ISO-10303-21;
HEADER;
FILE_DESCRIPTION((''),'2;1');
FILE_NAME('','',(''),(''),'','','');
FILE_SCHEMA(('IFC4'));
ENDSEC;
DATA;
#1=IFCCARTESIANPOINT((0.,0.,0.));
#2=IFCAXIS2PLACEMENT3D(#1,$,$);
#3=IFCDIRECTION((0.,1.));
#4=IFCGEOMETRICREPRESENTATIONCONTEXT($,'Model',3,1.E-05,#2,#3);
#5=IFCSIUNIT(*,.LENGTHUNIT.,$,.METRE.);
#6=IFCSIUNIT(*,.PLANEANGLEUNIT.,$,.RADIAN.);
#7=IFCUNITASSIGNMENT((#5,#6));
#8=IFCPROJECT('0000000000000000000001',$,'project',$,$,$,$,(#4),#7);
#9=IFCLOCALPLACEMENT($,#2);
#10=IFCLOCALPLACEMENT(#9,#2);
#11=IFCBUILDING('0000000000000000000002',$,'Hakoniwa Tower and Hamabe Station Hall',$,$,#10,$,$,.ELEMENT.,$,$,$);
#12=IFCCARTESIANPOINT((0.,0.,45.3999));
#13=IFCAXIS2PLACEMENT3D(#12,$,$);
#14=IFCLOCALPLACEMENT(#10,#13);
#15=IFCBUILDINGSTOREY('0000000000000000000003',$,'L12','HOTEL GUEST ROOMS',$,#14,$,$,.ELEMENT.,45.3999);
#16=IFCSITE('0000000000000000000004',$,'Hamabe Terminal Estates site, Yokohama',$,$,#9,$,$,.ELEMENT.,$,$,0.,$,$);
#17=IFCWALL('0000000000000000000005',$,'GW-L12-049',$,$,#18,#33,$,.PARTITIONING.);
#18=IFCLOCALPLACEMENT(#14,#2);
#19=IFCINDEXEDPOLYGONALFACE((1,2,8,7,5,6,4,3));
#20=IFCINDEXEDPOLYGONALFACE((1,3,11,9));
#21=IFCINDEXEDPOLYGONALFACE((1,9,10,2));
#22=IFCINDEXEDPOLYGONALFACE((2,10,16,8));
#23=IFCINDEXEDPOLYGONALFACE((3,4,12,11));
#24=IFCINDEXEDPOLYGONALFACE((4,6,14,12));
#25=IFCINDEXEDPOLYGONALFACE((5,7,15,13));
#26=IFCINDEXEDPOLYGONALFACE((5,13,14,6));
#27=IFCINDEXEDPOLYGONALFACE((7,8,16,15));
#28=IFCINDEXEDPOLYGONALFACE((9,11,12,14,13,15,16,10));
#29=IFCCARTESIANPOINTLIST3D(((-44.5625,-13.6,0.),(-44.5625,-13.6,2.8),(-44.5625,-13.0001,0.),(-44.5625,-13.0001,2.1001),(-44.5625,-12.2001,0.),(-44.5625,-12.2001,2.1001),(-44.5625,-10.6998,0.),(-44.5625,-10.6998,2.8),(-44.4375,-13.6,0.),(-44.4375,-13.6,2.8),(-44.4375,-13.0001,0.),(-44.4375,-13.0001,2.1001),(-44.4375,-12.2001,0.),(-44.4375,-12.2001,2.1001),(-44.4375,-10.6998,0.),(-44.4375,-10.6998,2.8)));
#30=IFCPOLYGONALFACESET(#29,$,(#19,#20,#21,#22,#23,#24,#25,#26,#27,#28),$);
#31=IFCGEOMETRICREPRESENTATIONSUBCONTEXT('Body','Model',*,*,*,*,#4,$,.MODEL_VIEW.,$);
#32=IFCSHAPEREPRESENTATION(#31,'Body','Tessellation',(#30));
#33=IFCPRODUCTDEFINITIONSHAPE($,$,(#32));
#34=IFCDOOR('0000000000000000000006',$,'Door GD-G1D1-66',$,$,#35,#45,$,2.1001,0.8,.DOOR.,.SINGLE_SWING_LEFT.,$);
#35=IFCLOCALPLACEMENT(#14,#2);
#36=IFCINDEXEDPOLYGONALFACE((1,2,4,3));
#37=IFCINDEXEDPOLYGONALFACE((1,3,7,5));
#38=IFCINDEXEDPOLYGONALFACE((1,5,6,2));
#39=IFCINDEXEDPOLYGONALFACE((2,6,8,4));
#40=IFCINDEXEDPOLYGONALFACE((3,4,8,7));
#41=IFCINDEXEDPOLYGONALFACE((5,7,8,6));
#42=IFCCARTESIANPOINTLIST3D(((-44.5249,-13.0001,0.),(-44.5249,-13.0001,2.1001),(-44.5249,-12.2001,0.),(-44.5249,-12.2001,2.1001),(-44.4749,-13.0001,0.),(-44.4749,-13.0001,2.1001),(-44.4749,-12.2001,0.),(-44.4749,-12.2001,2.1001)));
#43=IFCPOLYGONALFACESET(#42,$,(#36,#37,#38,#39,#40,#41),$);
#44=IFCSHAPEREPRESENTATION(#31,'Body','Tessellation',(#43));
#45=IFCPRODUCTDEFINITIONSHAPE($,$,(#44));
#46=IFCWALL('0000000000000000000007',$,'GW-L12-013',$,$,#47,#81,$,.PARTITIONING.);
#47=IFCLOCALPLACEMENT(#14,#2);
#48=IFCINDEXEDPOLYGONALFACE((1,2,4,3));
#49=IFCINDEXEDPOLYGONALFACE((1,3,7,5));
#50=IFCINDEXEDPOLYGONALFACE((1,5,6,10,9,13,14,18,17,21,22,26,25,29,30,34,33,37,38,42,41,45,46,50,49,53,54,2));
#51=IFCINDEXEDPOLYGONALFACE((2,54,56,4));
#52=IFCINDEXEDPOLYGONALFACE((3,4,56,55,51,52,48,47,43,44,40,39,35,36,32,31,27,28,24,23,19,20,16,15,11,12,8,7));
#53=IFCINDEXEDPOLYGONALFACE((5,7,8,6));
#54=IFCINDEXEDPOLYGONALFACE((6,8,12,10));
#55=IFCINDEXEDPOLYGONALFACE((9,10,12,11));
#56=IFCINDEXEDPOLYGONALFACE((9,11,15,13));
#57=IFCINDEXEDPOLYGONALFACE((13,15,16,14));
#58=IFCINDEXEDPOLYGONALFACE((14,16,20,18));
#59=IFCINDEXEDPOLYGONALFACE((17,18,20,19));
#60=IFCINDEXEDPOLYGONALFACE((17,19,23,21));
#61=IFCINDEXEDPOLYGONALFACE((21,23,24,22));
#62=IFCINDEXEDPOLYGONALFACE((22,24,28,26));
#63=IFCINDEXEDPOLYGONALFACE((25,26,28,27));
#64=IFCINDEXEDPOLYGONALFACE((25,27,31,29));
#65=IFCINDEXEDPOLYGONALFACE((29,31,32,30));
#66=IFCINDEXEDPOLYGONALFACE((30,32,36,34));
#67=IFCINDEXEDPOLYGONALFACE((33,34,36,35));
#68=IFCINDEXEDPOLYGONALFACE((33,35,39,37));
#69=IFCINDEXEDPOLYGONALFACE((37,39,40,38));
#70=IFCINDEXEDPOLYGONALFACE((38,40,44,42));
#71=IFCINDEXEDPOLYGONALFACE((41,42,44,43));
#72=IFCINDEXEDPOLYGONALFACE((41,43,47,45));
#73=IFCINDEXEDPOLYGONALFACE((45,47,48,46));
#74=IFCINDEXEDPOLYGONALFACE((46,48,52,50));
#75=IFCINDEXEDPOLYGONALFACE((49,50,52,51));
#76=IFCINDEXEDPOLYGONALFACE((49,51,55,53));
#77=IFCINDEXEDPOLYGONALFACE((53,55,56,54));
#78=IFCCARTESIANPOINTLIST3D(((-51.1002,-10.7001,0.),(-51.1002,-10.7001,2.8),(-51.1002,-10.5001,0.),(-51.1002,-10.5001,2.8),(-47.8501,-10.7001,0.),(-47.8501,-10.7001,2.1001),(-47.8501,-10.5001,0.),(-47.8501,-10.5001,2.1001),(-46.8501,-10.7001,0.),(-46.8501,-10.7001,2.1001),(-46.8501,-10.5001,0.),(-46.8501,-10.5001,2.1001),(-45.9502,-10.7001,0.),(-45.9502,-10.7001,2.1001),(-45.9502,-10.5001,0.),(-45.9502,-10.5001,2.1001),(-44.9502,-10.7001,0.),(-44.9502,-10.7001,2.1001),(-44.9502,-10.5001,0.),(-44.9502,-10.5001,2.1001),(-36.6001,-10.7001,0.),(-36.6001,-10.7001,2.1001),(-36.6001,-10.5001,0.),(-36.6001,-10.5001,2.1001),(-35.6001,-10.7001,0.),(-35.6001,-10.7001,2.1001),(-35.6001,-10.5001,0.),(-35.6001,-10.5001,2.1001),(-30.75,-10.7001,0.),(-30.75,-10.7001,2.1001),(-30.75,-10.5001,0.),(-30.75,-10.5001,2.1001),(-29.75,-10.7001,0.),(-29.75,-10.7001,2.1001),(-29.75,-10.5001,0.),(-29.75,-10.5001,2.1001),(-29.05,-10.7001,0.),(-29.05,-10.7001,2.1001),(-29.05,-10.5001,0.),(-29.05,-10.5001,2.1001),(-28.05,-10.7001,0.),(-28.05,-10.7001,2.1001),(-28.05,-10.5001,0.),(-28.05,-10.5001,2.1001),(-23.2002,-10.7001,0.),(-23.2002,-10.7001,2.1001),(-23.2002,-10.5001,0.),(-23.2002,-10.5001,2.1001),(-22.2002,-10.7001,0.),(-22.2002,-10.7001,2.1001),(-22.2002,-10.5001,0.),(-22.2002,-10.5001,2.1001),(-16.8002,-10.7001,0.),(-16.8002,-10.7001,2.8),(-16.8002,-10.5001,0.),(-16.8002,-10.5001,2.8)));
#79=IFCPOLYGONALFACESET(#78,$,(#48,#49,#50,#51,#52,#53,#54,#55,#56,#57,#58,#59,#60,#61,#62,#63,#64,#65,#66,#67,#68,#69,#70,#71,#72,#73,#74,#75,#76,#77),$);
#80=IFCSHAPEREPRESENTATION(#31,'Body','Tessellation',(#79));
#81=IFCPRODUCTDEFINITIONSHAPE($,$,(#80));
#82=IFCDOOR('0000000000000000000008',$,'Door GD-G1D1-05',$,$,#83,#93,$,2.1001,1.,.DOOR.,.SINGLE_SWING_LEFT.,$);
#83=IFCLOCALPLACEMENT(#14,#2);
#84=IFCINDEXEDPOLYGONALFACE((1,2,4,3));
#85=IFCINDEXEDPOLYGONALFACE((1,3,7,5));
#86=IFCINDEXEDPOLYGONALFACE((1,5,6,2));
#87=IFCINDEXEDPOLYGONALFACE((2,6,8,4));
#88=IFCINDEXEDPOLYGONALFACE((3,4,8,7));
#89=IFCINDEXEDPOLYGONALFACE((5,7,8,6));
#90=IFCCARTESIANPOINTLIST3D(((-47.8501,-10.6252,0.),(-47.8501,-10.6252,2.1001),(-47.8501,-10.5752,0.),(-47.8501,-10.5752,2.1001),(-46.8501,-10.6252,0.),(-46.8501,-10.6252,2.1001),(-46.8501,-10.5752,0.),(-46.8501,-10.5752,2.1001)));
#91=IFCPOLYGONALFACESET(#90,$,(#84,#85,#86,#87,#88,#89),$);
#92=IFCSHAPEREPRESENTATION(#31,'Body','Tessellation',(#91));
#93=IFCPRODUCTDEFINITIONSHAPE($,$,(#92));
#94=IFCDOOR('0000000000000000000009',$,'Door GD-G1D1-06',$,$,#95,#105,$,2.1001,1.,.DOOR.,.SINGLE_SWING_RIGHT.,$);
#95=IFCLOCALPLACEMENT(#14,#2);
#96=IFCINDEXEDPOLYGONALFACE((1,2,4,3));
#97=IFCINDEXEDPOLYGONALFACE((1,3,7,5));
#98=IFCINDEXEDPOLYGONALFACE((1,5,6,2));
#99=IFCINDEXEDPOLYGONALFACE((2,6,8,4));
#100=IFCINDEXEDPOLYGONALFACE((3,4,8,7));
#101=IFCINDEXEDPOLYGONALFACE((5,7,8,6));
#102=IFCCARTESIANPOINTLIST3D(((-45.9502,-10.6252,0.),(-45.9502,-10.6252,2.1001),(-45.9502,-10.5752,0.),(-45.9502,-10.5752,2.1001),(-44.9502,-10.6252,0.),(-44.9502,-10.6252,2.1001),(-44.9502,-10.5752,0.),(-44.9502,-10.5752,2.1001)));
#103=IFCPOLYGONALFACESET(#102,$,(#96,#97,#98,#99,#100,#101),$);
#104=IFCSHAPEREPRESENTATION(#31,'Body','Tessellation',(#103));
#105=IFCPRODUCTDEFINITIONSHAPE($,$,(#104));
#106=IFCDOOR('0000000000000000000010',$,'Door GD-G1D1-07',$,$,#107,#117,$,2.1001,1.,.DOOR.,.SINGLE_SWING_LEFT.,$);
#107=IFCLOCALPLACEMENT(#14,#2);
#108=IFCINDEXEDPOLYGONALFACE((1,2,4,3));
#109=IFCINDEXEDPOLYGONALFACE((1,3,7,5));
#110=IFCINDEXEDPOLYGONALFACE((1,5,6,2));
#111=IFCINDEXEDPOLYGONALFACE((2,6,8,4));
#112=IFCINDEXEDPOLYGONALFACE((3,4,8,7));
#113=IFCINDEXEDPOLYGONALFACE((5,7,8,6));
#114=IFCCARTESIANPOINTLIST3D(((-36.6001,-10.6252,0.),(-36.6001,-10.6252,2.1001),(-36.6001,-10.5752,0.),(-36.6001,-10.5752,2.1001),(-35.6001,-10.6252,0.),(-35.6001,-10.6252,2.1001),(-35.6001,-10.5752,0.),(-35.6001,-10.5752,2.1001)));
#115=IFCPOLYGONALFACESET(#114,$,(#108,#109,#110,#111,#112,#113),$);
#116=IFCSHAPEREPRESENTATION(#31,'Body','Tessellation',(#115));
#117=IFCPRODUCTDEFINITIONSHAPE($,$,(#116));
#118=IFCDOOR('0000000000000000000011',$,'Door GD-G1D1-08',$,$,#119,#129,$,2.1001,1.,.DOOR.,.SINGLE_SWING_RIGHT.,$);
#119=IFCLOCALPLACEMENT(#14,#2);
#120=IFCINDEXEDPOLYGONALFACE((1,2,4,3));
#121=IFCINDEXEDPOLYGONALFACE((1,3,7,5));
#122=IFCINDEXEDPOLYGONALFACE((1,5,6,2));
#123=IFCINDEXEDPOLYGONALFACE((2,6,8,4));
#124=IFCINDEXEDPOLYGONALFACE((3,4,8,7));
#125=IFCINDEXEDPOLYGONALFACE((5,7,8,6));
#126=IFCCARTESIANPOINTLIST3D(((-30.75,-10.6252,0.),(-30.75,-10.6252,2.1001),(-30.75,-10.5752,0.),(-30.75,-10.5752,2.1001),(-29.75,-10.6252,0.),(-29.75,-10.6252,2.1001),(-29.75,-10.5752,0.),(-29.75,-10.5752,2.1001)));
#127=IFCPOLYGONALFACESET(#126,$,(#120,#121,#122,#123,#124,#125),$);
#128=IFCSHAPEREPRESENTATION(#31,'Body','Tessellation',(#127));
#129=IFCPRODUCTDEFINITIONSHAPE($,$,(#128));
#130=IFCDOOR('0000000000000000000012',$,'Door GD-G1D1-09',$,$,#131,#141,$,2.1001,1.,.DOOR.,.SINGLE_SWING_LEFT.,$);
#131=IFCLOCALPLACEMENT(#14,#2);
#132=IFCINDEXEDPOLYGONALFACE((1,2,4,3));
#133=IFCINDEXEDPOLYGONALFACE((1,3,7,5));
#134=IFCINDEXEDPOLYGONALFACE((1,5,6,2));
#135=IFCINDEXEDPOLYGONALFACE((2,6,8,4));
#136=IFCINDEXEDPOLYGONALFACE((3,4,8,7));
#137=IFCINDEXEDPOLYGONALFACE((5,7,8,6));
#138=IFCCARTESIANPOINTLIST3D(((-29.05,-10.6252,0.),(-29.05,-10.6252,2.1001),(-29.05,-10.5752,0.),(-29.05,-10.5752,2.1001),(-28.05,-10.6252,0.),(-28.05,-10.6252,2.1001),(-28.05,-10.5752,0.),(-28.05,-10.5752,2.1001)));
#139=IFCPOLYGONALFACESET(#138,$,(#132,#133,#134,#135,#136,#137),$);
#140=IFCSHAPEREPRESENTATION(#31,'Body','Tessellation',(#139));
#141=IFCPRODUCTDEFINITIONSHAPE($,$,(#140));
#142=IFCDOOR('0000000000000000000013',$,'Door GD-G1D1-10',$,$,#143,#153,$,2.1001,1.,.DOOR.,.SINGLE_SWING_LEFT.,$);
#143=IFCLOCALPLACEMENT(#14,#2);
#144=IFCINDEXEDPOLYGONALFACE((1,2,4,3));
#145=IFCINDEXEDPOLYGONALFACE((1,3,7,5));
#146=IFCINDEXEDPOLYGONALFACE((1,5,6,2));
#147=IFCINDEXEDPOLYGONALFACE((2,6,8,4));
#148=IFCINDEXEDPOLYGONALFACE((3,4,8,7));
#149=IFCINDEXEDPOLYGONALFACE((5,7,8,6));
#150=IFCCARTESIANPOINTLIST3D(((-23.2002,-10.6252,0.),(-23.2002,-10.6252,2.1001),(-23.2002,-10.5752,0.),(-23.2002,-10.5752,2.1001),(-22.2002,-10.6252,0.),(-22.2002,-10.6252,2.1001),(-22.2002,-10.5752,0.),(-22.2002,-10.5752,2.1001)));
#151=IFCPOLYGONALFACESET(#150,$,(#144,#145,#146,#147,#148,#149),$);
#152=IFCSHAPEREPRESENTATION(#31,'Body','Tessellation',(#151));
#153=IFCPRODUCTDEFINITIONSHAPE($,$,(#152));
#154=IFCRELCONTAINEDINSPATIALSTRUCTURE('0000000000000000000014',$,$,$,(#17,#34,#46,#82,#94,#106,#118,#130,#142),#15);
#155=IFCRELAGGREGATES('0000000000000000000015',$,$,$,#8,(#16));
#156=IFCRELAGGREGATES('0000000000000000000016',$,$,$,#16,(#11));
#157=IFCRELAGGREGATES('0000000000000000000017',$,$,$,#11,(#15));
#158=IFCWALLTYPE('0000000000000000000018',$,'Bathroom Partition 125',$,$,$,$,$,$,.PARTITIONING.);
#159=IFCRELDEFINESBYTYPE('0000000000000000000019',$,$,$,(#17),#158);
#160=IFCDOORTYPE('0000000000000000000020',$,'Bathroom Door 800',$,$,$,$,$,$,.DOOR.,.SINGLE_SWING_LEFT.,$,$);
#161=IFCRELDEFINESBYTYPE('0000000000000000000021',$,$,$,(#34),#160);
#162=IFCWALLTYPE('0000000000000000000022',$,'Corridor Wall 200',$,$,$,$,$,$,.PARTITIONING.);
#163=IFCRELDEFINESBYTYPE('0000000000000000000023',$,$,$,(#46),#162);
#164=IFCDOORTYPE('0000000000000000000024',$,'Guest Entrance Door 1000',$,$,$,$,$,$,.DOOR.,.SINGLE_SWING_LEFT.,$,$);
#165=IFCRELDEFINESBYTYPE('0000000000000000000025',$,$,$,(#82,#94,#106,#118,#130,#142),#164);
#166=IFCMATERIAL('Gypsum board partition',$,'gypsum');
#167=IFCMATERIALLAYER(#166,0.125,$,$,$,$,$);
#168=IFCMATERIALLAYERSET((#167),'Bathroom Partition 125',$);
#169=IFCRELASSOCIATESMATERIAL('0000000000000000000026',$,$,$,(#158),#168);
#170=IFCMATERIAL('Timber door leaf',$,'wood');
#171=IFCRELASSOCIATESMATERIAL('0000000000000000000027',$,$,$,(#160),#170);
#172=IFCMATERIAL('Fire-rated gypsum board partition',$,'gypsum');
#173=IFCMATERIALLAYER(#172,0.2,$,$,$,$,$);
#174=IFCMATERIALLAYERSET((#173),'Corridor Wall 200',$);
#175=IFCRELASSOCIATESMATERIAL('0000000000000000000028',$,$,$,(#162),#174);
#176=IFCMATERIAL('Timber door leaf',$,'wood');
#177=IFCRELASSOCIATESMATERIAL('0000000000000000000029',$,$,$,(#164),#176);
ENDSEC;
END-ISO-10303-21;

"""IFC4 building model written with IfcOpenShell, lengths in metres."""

from ifc_helpers import new_model, si_unit, direction, frame, frame_2d, origin, place, context, subcontext, project, spatial, rectangle, extrude, material, layer, layer_set, type_object, element, fill, save


model = new_model("IFC4")

# Units and contexts
model_context = context("Model", 3, precision=1e-05, world=origin(), true_north=direction((0.0, 1.0)))
body_context = subcontext(model_context, "Body", "Model", "MODEL_VIEW")
ifc_project = project(units=[si_unit("LENGTHUNIT", "METRE"), si_unit("PLANEANGLEUNIT", "RADIAN")], contexts=[model_context])

# Site, building, storey
site_placement = place(None, origin())
site = spatial("IfcSite", under=ifc_project, at=site_placement, Name="Hamabe Terminal Estates site, Yokohama", CompositionType="ELEMENT", RefElevation=0.0)
building_placement = place(site_placement, origin())
building = spatial("IfcBuilding", under=site, at=building_placement, Name="Hakoniwa Tower and Hamabe Station Hall", CompositionType="ELEMENT")
storey_placement = place(building_placement, frame((0.0, 0.0, 45.3999)))
storey = spatial("IfcBuildingStorey", under=building, at=storey_placement, Name="L12", Description="HOTEL GUEST ROOMS", CompositionType="ELEMENT", Elevation=45.3999)

# Shared definitions
ifc_material_1 = material(Name="Gypsum board partition", Category="gypsum")
ifc_layer_1 = layer(ifc_material_1, 0.125)
ifc_layer_set_1 = layer_set([ifc_layer_1], Name="Bathroom Partition 125")
wall_type_1 = type_object("IfcWallType", Name="Bathroom Partition 125", PredefinedType="PARTITIONING", material=ifc_layer_set_1)

# Wall, opening, door
ifc_material_2 = material(Name="Timber door leaf", Category="wood")
door_type_1 = type_object("IfcDoorType", Name="Bathroom Door 800", OperationType="SINGLE_SWING_LEFT", PredefinedType="DOOR", material=ifc_material_2)
wall_1_placement = place(storey_placement, frame((-44.5, -13.6001, 0.0), z_axis=(0.0, 0.0, 1.0), x_axis=(0.0, 1.0, 0.0)))
wall_1 = element("IfcWall", 1, at=wall_1_placement, inside=storey, type_object=wall_type_1, Name="GW-L12-049", PredefinedType="PARTITIONING", context=body_context, shape_type="SweptSolid", body=[
    extrude(rectangle(XDim=2.9001, YDim=0.125, at=frame_2d((1.4502, 0.0))), origin(), (0.0, 0.0, 1.0), 2.8),
])
opening_1_placement = place(wall_1_placement, frame((0.6001, 0.0, 0.0)))
opening_1 = element("IfcOpeningElement", 2, at=opening_1_placement, cuts=wall_1, PredefinedType="OPENING", context=body_context, shape_type="SweptSolid", body=[
    extrude(rectangle(XDim=0.8, YDim=2.1001, at=frame_2d((0.3999, 1.05))), frame((0.0, 0.0725, 0.0), z_axis=(0.0, -1.0, 0.0), x_axis=(1.0, 0.0, 0.0)), (0.0, 0.0, 1.0), 0.145),
])
door_1_placement = place(opening_1_placement, origin())
door_1 = element("IfcDoor", 3, at=door_1_placement, inside=storey, type_object=door_type_1, Name="Door GD-G1D1-66", OperationType="SINGLE_SWING_LEFT", OverallHeight=2.1001, OverallWidth=0.8, PredefinedType="DOOR", context=body_context, shape_type="SweptSolid", body=[
    extrude(rectangle(XDim=0.8, YDim=2.1001, at=frame_2d((0.3999, 1.05))), frame((0.0, 0.0249, 0.0), z_axis=(0.0, -1.0, 0.0), x_axis=(1.0, 0.0, 0.0)), (0.0, 0.0, 1.0), 0.05),
])
fill(opening_1, door_1)

# Wall, openings, doors
ifc_material_3 = material(Name="Fire-rated gypsum board partition", Category="gypsum")
ifc_layer_2 = layer(ifc_material_3, 0.2)
ifc_layer_set_2 = layer_set([ifc_layer_2], Name="Corridor Wall 200")
wall_type_2 = type_object("IfcWallType", Name="Corridor Wall 200", PredefinedType="PARTITIONING", material=ifc_layer_set_2)
wall_2_placement = place(storey_placement, frame((-51.1001, -10.6001, 0.0), z_axis=(0.0, 0.0, 1.0), x_axis=(1.0, 0.0, 0.0)))
wall_2 = element("IfcWall", 4, at=wall_2_placement, inside=storey, type_object=wall_type_2, Name="GW-L12-013", PredefinedType="PARTITIONING", context=body_context, shape_type="SweptSolid", body=[
    extrude(rectangle(XDim=34.3, YDim=0.2, at=frame_2d((17.1499, 0.0))), origin(), (0.0, 0.0, 1.0), 2.8),
])
opening_2_placement = place(wall_2_placement, frame((3.25, 0.0, 0.0)))
opening_2 = element("IfcOpeningElement", 5, at=opening_2_placement, cuts=wall_2, PredefinedType="OPENING", context=body_context, shape_type="SweptSolid", body=[
    extrude(rectangle(XDim=1.0, YDim=2.1001, at=frame_2d((0.5, 1.05))), frame((0.0, 0.1099, 0.0), z_axis=(0.0, -1.0, 0.0), x_axis=(1.0, 0.0, 0.0)), (0.0, 0.0, 1.0), 0.22),
])
opening_3_placement = place(wall_2_placement, frame((5.1499, 0.0, 0.0)))
opening_3 = element("IfcOpeningElement", 6, at=opening_3_placement, cuts=wall_2, PredefinedType="OPENING", context=body_context, shape_type="SweptSolid", body=[
    extrude(rectangle(XDim=1.0, YDim=2.1001, at=frame_2d((0.5, 1.05))), frame((0.0, 0.1099, 0.0), z_axis=(0.0, -1.0, 0.0), x_axis=(1.0, 0.0, 0.0)), (0.0, 0.0, 1.0), 0.22),
])
opening_4_placement = place(wall_2_placement, frame((14.5, 0.0, 0.0)))
opening_4 = element("IfcOpeningElement", 7, at=opening_4_placement, cuts=wall_2, PredefinedType="OPENING", context=body_context, shape_type="SweptSolid", body=[
    extrude(rectangle(XDim=1.0, YDim=2.1001, at=frame_2d((0.5, 1.05))), frame((0.0, 0.1099, 0.0), z_axis=(0.0, -1.0, 0.0), x_axis=(1.0, 0.0, 0.0)), (0.0, 0.0, 1.0), 0.22),
])
opening_5_placement = place(wall_2_placement, frame((20.3501, 0.0, 0.0)))
opening_5 = element("IfcOpeningElement", 8, at=opening_5_placement, cuts=wall_2, PredefinedType="OPENING", context=body_context, shape_type="SweptSolid", body=[
    extrude(rectangle(XDim=1.0, YDim=2.1001, at=frame_2d((0.5, 1.05))), frame((0.0, 0.1099, 0.0), z_axis=(0.0, -1.0, 0.0), x_axis=(1.0, 0.0, 0.0)), (0.0, 0.0, 1.0), 0.22),
])
opening_6_placement = place(wall_2_placement, frame((22.05, 0.0, 0.0)))
opening_6 = element("IfcOpeningElement", 9, at=opening_6_placement, cuts=wall_2, PredefinedType="OPENING", context=body_context, shape_type="SweptSolid", body=[
    extrude(rectangle(XDim=1.0, YDim=2.1001, at=frame_2d((0.5, 1.05))), frame((0.0, 0.1099, 0.0), z_axis=(0.0, -1.0, 0.0), x_axis=(1.0, 0.0, 0.0)), (0.0, 0.0, 1.0), 0.22),
])
opening_7_placement = place(wall_2_placement, frame((27.8999, 0.0, 0.0)))
opening_7 = element("IfcOpeningElement", 10, at=opening_7_placement, cuts=wall_2, PredefinedType="OPENING", context=body_context, shape_type="SweptSolid", body=[
    extrude(rectangle(XDim=1.0, YDim=2.1001, at=frame_2d((0.5, 1.05))), frame((0.0, 0.1099, 0.0), z_axis=(0.0, -1.0, 0.0), x_axis=(1.0, 0.0, 0.0)), (0.0, 0.0, 1.0), 0.22),
])
ifc_material_4 = material(Name="Timber door leaf", Category="wood")
door_type_2 = type_object("IfcDoorType", Name="Guest Entrance Door 1000", OperationType="SINGLE_SWING_LEFT", PredefinedType="DOOR", material=ifc_material_4)
door_2_placement = place(opening_2_placement, origin())
door_2 = element("IfcDoor", 11, at=door_2_placement, inside=storey, type_object=door_type_2, Name="Door GD-G1D1-05", OperationType="SINGLE_SWING_LEFT", OverallHeight=2.1001, OverallWidth=1.0, PredefinedType="DOOR", context=body_context, shape_type="SweptSolid", body=[
    extrude(rectangle(XDim=1.0, YDim=2.1001, at=frame_2d((0.5, 1.05))), frame((0.0, 0.0249, 0.0), z_axis=(0.0, -1.0, 0.0), x_axis=(1.0, 0.0, 0.0)), (0.0, 0.0, 1.0), 0.05),
])
fill(opening_2, door_2)
door_3_placement = place(opening_3_placement, origin())
door_3 = element("IfcDoor", 12, at=door_3_placement, inside=storey, type_object=door_type_2, Name="Door GD-G1D1-06", OperationType="SINGLE_SWING_RIGHT", OverallHeight=2.1001, OverallWidth=1.0, PredefinedType="DOOR", context=body_context, shape_type="SweptSolid", body=[
    extrude(rectangle(XDim=1.0, YDim=2.1001, at=frame_2d((0.5, 1.05))), frame((0.0, 0.0249, 0.0), z_axis=(0.0, -1.0, 0.0), x_axis=(1.0, 0.0, 0.0)), (0.0, 0.0, 1.0), 0.05),
])
fill(opening_3, door_3)
door_4_placement = place(opening_4_placement, origin())
door_4 = element("IfcDoor", 13, at=door_4_placement, inside=storey, type_object=door_type_2, Name="Door GD-G1D1-07", OperationType="SINGLE_SWING_LEFT", OverallHeight=2.1001, OverallWidth=1.0, PredefinedType="DOOR", context=body_context, shape_type="SweptSolid", body=[
    extrude(rectangle(XDim=1.0, YDim=2.1001, at=frame_2d((0.5, 1.05))), frame((0.0, 0.0249, 0.0), z_axis=(0.0, -1.0, 0.0), x_axis=(1.0, 0.0, 0.0)), (0.0, 0.0, 1.0), 0.05),
])
fill(opening_4, door_4)
door_5_placement = place(opening_5_placement, origin())
door_5 = element("IfcDoor", 14, at=door_5_placement, inside=storey, type_object=door_type_2, Name="Door GD-G1D1-08", OperationType="SINGLE_SWING_RIGHT", OverallHeight=2.1001, OverallWidth=1.0, PredefinedType="DOOR", context=body_context, shape_type="SweptSolid", body=[
    extrude(rectangle(XDim=1.0, YDim=2.1001, at=frame_2d((0.5, 1.05))), frame((0.0, 0.0249, 0.0), z_axis=(0.0, -1.0, 0.0), x_axis=(1.0, 0.0, 0.0)), (0.0, 0.0, 1.0), 0.05),
])
fill(opening_5, door_5)
door_6_placement = place(opening_6_placement, origin())
door_6 = element("IfcDoor", 15, at=door_6_placement, inside=storey, type_object=door_type_2, Name="Door GD-G1D1-09", OperationType="SINGLE_SWING_LEFT", OverallHeight=2.1001, OverallWidth=1.0, PredefinedType="DOOR", context=body_context, shape_type="SweptSolid", body=[
    extrude(rectangle(XDim=1.0, YDim=2.1001, at=frame_2d((0.5, 1.05))), frame((0.0, 0.0249, 0.0), z_axis=(0.0, -1.0, 0.0), x_axis=(1.0, 0.0, 0.0)), (0.0, 0.0, 1.0), 0.05),
])
fill(opening_6, door_6)
door_7_placement = place(opening_7_placement, origin())
door_7 = element("IfcDoor", 16, at=door_7_placement, inside=storey, type_object=door_type_2, Name="Door GD-G1D1-10", OperationType="SINGLE_SWING_LEFT", OverallHeight=2.1001, OverallWidth=1.0, PredefinedType="DOOR", context=body_context, shape_type="SweptSolid", body=[
    extrude(rectangle(XDim=1.0, YDim=2.1001, at=frame_2d((0.5, 1.05))), frame((0.0, 0.0249, 0.0), z_axis=(0.0, -1.0, 0.0), x_axis=(1.0, 0.0, 0.0)), (0.0, 0.0, 1.0), 0.05),
])
fill(opening_7, door_7)

save(model, "model.ifc")
